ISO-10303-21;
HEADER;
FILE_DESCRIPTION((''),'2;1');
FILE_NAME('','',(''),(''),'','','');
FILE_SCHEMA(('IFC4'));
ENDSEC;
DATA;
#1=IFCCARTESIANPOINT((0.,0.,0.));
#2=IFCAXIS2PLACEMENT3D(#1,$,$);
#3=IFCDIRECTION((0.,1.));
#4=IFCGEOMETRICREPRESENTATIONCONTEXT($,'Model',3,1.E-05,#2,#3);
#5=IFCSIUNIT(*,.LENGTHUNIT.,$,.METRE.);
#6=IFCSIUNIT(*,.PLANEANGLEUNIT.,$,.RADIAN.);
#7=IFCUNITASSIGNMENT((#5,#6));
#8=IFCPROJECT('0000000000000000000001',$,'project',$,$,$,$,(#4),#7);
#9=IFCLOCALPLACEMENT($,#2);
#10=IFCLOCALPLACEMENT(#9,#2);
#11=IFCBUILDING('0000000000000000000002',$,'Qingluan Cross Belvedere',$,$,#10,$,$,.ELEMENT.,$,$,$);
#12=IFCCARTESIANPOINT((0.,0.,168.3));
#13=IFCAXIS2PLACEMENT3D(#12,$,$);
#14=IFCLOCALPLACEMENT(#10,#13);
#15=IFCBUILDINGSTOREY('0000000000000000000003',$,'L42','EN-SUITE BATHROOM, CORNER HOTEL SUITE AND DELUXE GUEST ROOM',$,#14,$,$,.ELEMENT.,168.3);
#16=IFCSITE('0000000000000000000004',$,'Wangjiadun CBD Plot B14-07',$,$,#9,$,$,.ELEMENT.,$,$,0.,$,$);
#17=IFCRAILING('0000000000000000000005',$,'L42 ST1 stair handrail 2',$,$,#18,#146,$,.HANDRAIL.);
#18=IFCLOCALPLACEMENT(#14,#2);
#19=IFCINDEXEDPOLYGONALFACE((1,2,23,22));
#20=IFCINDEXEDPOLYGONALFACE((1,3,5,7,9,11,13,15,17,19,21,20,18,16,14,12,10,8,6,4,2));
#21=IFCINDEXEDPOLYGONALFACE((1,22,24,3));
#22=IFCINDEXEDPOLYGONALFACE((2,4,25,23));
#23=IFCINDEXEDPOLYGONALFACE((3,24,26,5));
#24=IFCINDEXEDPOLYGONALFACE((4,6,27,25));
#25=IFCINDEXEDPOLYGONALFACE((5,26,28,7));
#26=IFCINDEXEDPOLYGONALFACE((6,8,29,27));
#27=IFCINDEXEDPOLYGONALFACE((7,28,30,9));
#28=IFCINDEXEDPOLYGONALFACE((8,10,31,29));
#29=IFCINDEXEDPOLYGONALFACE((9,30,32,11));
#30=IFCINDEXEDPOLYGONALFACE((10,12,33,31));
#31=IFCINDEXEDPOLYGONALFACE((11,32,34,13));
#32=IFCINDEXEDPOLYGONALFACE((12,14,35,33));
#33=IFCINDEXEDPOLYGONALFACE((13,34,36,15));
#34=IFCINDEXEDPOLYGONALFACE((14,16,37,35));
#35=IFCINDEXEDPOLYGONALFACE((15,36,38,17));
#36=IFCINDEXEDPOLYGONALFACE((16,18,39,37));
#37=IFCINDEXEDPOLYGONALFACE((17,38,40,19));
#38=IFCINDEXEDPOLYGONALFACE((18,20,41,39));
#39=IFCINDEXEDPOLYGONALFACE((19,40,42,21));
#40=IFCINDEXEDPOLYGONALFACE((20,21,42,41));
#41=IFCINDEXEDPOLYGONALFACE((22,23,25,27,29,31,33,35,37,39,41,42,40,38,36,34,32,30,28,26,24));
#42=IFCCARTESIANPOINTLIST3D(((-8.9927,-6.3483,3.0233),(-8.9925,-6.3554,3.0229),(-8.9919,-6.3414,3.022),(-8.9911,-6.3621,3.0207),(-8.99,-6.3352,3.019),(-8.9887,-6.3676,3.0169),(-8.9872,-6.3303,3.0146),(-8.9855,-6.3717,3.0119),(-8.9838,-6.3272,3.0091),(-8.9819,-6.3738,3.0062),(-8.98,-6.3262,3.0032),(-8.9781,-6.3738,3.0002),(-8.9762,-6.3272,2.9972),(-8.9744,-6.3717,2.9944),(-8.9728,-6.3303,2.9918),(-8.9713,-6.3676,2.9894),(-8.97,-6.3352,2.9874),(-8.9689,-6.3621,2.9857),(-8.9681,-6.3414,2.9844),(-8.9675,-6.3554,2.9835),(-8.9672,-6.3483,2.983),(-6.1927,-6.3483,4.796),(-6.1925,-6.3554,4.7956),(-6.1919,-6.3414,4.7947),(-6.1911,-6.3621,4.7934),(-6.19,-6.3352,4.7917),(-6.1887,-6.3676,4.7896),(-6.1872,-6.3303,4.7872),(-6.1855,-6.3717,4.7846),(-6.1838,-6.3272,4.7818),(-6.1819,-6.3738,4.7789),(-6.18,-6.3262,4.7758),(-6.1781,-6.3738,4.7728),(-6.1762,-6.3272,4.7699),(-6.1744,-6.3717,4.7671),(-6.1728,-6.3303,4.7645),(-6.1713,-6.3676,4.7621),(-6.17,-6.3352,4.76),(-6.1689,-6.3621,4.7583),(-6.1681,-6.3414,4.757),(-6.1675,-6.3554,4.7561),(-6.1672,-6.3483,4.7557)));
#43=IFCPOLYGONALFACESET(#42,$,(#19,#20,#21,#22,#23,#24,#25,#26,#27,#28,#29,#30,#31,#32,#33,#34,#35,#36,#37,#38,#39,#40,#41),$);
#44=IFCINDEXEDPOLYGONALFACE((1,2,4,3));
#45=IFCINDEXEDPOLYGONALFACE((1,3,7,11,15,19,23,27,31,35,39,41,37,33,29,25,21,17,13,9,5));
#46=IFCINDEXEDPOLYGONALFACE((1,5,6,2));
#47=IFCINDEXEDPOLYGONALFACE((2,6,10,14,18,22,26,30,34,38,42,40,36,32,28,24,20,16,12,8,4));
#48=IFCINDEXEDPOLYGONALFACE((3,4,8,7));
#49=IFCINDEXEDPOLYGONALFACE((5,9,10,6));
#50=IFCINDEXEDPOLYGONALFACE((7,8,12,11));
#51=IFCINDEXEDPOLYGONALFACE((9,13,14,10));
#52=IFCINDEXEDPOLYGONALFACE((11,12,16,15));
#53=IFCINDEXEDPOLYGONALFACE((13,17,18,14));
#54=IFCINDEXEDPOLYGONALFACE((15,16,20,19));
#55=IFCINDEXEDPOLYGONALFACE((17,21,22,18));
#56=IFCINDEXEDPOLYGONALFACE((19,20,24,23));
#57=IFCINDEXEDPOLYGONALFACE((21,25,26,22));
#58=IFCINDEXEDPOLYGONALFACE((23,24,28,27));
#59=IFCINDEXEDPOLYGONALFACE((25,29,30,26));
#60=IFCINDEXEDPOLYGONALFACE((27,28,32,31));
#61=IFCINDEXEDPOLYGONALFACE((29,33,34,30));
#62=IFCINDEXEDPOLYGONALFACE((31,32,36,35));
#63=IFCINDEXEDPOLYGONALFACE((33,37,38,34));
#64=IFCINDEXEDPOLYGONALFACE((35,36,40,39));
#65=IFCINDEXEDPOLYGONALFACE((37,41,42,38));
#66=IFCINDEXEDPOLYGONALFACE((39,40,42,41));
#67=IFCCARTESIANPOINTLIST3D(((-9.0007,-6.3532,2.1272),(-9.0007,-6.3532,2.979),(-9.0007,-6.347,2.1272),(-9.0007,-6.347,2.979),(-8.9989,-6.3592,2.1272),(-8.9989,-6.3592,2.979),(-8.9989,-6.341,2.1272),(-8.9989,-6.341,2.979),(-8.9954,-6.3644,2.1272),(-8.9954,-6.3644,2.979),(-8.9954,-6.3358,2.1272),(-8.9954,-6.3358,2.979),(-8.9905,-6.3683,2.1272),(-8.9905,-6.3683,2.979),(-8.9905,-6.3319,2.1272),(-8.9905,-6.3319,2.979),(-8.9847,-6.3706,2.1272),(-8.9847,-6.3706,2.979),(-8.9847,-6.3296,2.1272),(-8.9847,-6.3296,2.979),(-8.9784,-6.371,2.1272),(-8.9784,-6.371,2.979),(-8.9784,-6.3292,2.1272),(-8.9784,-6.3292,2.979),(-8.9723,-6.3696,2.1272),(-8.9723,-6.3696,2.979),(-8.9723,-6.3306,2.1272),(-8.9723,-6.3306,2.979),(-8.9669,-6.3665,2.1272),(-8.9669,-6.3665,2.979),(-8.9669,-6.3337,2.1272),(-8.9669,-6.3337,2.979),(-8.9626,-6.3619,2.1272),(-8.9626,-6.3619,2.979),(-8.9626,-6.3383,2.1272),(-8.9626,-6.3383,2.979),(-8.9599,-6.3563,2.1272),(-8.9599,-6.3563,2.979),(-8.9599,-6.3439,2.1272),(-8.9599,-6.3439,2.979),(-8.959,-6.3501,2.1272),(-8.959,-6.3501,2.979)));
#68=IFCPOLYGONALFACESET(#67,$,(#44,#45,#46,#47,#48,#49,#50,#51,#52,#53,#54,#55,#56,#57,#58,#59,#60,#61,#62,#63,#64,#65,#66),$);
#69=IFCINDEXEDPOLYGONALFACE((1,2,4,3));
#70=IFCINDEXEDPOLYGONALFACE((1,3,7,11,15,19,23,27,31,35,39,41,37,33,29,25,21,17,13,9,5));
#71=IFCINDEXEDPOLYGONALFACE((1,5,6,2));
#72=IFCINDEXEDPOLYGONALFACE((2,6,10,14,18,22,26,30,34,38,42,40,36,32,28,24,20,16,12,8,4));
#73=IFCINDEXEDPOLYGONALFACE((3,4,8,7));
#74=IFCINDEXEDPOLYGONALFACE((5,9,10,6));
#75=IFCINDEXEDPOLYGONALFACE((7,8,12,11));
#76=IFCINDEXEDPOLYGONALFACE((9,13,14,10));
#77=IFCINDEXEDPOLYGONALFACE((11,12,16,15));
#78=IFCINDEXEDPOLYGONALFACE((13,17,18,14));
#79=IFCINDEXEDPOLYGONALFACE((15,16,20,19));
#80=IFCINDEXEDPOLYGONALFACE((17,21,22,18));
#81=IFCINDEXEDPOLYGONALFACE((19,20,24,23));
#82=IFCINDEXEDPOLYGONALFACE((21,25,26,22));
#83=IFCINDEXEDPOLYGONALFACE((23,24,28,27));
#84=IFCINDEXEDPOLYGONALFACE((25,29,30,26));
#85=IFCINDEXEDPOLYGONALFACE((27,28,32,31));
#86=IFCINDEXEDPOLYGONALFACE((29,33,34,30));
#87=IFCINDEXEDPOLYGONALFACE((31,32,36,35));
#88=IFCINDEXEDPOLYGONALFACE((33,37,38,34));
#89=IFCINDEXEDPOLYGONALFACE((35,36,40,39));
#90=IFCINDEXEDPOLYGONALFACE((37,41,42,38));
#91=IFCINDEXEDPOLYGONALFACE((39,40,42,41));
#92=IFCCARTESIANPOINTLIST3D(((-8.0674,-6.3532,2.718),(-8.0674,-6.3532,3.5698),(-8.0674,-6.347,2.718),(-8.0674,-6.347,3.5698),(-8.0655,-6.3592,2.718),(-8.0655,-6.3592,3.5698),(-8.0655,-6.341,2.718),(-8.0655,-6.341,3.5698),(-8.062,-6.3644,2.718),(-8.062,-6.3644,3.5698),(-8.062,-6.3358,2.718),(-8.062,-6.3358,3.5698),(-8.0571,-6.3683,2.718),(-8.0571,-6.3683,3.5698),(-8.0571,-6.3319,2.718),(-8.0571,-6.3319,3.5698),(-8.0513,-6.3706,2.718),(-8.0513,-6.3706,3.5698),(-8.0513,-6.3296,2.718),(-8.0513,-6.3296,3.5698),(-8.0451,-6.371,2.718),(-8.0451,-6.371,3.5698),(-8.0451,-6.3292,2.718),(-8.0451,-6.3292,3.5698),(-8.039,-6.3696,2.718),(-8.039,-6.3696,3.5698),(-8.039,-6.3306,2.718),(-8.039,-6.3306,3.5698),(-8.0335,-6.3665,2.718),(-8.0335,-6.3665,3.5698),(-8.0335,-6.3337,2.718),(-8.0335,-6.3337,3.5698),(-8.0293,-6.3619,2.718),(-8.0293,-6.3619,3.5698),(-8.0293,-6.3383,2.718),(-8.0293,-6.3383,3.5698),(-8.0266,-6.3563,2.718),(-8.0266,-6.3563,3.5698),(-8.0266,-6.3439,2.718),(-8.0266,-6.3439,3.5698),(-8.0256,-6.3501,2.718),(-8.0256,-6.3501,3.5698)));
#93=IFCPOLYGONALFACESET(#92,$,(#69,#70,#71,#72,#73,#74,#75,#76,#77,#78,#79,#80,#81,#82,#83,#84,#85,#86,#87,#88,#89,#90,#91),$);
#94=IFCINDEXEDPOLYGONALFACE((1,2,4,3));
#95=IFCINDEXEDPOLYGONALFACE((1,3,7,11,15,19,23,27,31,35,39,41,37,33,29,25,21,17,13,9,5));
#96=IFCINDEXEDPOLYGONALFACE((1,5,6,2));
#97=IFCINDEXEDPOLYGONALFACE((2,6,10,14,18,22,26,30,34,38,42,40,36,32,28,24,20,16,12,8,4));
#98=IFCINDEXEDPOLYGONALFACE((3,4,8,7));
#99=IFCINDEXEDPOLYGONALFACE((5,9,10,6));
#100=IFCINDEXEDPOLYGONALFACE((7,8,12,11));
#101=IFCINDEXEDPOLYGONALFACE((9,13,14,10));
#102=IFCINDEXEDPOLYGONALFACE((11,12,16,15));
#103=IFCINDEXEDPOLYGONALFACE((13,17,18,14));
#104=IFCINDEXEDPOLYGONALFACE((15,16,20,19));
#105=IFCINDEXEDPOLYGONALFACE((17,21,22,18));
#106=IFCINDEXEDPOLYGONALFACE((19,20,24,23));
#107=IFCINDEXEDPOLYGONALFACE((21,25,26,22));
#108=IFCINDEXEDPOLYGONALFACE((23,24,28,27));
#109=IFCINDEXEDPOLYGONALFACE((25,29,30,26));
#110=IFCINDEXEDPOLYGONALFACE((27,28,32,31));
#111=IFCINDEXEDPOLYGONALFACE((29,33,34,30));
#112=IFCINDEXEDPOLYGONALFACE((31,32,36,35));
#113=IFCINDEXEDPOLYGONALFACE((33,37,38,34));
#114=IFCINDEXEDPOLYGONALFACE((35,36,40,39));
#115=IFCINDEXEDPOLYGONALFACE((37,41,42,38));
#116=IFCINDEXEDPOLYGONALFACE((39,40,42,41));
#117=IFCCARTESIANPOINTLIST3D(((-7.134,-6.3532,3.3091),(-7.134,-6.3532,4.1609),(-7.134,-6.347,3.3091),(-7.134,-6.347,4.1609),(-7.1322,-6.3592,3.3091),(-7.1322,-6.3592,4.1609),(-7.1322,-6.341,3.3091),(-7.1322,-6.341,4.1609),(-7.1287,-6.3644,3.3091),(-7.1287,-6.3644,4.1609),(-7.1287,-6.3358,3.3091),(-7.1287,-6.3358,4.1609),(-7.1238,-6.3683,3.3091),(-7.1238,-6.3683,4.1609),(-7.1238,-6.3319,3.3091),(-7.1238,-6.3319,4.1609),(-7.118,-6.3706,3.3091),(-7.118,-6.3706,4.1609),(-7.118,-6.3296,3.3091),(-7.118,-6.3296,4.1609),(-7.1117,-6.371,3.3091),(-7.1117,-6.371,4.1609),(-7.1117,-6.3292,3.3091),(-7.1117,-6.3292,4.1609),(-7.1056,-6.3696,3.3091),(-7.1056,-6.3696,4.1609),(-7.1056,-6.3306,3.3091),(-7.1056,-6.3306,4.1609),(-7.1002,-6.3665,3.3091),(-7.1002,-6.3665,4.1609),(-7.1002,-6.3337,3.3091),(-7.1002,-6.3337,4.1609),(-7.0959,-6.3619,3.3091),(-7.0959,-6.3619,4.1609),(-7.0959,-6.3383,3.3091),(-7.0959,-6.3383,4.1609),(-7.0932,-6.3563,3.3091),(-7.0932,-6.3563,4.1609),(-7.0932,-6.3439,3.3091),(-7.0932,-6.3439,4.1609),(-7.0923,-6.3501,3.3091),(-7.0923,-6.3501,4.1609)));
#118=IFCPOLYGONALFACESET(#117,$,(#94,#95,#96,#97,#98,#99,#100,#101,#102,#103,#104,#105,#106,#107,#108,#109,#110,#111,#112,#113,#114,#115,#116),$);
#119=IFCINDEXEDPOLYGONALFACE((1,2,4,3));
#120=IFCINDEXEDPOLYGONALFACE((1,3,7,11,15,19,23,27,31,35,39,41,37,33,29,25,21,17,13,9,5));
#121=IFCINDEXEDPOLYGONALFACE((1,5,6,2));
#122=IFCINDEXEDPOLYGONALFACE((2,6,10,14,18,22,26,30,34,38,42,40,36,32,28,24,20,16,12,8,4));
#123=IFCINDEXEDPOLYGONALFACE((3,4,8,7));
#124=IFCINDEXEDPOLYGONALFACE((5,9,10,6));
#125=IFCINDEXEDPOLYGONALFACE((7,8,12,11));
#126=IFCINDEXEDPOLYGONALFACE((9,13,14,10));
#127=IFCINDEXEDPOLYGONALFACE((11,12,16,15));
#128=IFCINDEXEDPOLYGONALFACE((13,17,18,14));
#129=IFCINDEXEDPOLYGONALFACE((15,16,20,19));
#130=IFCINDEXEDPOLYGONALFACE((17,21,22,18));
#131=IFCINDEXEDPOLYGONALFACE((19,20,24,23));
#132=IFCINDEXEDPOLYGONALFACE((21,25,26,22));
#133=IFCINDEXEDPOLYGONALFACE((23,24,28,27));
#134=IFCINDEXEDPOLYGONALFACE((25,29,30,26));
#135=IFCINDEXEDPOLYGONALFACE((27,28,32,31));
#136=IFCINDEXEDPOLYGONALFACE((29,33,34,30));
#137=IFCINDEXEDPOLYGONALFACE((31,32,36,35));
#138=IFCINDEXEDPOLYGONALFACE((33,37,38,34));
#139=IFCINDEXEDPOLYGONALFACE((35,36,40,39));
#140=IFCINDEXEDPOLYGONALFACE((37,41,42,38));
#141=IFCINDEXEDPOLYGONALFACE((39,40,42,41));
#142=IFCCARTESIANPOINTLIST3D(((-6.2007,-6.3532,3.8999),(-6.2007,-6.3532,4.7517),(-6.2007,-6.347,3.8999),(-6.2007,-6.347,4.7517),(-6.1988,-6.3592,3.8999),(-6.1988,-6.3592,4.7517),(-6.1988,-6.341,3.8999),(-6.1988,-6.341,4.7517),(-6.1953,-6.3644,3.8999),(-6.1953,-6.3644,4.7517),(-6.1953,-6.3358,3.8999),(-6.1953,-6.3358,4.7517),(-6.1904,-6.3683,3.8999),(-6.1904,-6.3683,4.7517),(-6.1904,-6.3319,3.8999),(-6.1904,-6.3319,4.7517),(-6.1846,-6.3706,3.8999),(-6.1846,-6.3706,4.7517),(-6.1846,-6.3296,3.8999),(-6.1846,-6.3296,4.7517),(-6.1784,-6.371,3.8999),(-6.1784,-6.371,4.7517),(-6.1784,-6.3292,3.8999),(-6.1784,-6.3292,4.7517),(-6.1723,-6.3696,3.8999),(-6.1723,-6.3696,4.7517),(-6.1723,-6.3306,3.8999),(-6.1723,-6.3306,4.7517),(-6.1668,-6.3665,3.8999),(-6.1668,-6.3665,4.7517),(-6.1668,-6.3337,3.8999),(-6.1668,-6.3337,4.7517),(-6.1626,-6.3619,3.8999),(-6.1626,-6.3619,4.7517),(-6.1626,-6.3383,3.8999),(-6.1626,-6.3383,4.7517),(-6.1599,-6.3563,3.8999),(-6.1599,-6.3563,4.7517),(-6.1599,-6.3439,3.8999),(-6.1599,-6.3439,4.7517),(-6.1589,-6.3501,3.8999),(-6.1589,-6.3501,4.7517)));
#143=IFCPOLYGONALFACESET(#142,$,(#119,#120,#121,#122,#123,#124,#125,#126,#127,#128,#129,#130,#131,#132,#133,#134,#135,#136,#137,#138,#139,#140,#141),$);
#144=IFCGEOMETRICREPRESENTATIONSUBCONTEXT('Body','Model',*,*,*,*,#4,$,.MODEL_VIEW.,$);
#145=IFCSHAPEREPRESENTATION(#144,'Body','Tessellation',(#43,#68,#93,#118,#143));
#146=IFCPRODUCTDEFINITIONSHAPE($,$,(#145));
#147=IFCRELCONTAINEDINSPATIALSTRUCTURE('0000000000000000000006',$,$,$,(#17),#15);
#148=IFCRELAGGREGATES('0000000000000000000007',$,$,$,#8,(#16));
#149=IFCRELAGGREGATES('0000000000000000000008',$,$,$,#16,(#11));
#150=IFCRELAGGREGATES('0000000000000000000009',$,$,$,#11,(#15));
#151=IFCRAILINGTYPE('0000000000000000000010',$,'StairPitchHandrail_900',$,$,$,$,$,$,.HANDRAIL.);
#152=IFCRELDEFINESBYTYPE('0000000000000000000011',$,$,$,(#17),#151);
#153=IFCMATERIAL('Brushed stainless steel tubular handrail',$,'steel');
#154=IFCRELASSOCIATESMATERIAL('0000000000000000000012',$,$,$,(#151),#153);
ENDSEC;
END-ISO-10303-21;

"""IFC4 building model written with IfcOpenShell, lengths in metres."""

from ifc_helpers import new_model, si_unit, direction, frame, origin, origin_2d, place, context, subcontext, project, spatial, circle, extrude, material, type_object, element, save


model = new_model("IFC4")

# Units and contexts
model_context = context("Model", 3, precision=1e-05, world=origin(), true_north=direction((0.0, 1.0)))
body_context = subcontext(model_context, "Body", "Model", "MODEL_VIEW")
ifc_project = project(units=[si_unit("LENGTHUNIT", "METRE"), si_unit("PLANEANGLEUNIT", "RADIAN")], contexts=[model_context])

# Site, building, storey
site_placement = place(None, origin())
site = spatial("IfcSite", under=ifc_project, at=site_placement, Name="Wangjiadun CBD Plot B14-07", CompositionType="ELEMENT", RefElevation=0.0)
building_placement = place(site_placement, origin())
building = spatial("IfcBuilding", under=site, at=building_placement, Name="Qingluan Cross Belvedere", CompositionType="ELEMENT")
storey_placement = place(building_placement, frame((0.0, 0.0, 168.3)))
storey = spatial("IfcBuildingStorey", under=building, at=storey_placement, Name="L42", Description="EN-SUITE BATHROOM, CORNER HOTEL SUITE AND DELUXE GUEST ROOM", CompositionType="ELEMENT", Elevation=168.3)

# Railing
ifc_material_1 = material(Name="Brushed stainless steel tubular handrail", Category="steel")
railing_type_1 = type_object("IfcRailingType", Name="StairPitchHandrail_900", PredefinedType="HANDRAIL", material=ifc_material_1)
railing_1_placement = place(storey_placement, frame((-8.98, -6.3501, 2.1272)))
element("IfcRailing", 1, at=railing_1_placement, inside=storey, type_object=railing_type_1, Name="L42 ST1 stair handrail 2", PredefinedType="HANDRAIL", context=body_context, shape_type="SweptSolid", body=[
    extrude(circle(Radius=0.0239, at=origin_2d()), frame((0.0, 0.0, 0.876), z_axis=(0.844909, 0.0, 0.53491), x_axis=(0.0, 1.0, 0.0)), (0.0, 0.0, 1.0), 3.314),
    extrude(circle(Radius=0.021, at=origin_2d()), origin(), (0.0, 0.0, 1.0), 0.8518),
    extrude(circle(Radius=0.021, at=origin_2d()), frame((0.9333, 0.0, 0.5908)), (0.0, 0.0, 1.0), 0.8518),
    extrude(circle(Radius=0.021, at=origin_2d()), frame((1.8667, 0.0, 1.1819)), (0.0, 0.0, 1.0), 0.8518),
    extrude(circle(Radius=0.021, at=origin_2d()), frame((2.8, 0.0, 1.7727)), (0.0, 0.0, 1.0), 0.8518),
])

save(model, "model.ifc")
